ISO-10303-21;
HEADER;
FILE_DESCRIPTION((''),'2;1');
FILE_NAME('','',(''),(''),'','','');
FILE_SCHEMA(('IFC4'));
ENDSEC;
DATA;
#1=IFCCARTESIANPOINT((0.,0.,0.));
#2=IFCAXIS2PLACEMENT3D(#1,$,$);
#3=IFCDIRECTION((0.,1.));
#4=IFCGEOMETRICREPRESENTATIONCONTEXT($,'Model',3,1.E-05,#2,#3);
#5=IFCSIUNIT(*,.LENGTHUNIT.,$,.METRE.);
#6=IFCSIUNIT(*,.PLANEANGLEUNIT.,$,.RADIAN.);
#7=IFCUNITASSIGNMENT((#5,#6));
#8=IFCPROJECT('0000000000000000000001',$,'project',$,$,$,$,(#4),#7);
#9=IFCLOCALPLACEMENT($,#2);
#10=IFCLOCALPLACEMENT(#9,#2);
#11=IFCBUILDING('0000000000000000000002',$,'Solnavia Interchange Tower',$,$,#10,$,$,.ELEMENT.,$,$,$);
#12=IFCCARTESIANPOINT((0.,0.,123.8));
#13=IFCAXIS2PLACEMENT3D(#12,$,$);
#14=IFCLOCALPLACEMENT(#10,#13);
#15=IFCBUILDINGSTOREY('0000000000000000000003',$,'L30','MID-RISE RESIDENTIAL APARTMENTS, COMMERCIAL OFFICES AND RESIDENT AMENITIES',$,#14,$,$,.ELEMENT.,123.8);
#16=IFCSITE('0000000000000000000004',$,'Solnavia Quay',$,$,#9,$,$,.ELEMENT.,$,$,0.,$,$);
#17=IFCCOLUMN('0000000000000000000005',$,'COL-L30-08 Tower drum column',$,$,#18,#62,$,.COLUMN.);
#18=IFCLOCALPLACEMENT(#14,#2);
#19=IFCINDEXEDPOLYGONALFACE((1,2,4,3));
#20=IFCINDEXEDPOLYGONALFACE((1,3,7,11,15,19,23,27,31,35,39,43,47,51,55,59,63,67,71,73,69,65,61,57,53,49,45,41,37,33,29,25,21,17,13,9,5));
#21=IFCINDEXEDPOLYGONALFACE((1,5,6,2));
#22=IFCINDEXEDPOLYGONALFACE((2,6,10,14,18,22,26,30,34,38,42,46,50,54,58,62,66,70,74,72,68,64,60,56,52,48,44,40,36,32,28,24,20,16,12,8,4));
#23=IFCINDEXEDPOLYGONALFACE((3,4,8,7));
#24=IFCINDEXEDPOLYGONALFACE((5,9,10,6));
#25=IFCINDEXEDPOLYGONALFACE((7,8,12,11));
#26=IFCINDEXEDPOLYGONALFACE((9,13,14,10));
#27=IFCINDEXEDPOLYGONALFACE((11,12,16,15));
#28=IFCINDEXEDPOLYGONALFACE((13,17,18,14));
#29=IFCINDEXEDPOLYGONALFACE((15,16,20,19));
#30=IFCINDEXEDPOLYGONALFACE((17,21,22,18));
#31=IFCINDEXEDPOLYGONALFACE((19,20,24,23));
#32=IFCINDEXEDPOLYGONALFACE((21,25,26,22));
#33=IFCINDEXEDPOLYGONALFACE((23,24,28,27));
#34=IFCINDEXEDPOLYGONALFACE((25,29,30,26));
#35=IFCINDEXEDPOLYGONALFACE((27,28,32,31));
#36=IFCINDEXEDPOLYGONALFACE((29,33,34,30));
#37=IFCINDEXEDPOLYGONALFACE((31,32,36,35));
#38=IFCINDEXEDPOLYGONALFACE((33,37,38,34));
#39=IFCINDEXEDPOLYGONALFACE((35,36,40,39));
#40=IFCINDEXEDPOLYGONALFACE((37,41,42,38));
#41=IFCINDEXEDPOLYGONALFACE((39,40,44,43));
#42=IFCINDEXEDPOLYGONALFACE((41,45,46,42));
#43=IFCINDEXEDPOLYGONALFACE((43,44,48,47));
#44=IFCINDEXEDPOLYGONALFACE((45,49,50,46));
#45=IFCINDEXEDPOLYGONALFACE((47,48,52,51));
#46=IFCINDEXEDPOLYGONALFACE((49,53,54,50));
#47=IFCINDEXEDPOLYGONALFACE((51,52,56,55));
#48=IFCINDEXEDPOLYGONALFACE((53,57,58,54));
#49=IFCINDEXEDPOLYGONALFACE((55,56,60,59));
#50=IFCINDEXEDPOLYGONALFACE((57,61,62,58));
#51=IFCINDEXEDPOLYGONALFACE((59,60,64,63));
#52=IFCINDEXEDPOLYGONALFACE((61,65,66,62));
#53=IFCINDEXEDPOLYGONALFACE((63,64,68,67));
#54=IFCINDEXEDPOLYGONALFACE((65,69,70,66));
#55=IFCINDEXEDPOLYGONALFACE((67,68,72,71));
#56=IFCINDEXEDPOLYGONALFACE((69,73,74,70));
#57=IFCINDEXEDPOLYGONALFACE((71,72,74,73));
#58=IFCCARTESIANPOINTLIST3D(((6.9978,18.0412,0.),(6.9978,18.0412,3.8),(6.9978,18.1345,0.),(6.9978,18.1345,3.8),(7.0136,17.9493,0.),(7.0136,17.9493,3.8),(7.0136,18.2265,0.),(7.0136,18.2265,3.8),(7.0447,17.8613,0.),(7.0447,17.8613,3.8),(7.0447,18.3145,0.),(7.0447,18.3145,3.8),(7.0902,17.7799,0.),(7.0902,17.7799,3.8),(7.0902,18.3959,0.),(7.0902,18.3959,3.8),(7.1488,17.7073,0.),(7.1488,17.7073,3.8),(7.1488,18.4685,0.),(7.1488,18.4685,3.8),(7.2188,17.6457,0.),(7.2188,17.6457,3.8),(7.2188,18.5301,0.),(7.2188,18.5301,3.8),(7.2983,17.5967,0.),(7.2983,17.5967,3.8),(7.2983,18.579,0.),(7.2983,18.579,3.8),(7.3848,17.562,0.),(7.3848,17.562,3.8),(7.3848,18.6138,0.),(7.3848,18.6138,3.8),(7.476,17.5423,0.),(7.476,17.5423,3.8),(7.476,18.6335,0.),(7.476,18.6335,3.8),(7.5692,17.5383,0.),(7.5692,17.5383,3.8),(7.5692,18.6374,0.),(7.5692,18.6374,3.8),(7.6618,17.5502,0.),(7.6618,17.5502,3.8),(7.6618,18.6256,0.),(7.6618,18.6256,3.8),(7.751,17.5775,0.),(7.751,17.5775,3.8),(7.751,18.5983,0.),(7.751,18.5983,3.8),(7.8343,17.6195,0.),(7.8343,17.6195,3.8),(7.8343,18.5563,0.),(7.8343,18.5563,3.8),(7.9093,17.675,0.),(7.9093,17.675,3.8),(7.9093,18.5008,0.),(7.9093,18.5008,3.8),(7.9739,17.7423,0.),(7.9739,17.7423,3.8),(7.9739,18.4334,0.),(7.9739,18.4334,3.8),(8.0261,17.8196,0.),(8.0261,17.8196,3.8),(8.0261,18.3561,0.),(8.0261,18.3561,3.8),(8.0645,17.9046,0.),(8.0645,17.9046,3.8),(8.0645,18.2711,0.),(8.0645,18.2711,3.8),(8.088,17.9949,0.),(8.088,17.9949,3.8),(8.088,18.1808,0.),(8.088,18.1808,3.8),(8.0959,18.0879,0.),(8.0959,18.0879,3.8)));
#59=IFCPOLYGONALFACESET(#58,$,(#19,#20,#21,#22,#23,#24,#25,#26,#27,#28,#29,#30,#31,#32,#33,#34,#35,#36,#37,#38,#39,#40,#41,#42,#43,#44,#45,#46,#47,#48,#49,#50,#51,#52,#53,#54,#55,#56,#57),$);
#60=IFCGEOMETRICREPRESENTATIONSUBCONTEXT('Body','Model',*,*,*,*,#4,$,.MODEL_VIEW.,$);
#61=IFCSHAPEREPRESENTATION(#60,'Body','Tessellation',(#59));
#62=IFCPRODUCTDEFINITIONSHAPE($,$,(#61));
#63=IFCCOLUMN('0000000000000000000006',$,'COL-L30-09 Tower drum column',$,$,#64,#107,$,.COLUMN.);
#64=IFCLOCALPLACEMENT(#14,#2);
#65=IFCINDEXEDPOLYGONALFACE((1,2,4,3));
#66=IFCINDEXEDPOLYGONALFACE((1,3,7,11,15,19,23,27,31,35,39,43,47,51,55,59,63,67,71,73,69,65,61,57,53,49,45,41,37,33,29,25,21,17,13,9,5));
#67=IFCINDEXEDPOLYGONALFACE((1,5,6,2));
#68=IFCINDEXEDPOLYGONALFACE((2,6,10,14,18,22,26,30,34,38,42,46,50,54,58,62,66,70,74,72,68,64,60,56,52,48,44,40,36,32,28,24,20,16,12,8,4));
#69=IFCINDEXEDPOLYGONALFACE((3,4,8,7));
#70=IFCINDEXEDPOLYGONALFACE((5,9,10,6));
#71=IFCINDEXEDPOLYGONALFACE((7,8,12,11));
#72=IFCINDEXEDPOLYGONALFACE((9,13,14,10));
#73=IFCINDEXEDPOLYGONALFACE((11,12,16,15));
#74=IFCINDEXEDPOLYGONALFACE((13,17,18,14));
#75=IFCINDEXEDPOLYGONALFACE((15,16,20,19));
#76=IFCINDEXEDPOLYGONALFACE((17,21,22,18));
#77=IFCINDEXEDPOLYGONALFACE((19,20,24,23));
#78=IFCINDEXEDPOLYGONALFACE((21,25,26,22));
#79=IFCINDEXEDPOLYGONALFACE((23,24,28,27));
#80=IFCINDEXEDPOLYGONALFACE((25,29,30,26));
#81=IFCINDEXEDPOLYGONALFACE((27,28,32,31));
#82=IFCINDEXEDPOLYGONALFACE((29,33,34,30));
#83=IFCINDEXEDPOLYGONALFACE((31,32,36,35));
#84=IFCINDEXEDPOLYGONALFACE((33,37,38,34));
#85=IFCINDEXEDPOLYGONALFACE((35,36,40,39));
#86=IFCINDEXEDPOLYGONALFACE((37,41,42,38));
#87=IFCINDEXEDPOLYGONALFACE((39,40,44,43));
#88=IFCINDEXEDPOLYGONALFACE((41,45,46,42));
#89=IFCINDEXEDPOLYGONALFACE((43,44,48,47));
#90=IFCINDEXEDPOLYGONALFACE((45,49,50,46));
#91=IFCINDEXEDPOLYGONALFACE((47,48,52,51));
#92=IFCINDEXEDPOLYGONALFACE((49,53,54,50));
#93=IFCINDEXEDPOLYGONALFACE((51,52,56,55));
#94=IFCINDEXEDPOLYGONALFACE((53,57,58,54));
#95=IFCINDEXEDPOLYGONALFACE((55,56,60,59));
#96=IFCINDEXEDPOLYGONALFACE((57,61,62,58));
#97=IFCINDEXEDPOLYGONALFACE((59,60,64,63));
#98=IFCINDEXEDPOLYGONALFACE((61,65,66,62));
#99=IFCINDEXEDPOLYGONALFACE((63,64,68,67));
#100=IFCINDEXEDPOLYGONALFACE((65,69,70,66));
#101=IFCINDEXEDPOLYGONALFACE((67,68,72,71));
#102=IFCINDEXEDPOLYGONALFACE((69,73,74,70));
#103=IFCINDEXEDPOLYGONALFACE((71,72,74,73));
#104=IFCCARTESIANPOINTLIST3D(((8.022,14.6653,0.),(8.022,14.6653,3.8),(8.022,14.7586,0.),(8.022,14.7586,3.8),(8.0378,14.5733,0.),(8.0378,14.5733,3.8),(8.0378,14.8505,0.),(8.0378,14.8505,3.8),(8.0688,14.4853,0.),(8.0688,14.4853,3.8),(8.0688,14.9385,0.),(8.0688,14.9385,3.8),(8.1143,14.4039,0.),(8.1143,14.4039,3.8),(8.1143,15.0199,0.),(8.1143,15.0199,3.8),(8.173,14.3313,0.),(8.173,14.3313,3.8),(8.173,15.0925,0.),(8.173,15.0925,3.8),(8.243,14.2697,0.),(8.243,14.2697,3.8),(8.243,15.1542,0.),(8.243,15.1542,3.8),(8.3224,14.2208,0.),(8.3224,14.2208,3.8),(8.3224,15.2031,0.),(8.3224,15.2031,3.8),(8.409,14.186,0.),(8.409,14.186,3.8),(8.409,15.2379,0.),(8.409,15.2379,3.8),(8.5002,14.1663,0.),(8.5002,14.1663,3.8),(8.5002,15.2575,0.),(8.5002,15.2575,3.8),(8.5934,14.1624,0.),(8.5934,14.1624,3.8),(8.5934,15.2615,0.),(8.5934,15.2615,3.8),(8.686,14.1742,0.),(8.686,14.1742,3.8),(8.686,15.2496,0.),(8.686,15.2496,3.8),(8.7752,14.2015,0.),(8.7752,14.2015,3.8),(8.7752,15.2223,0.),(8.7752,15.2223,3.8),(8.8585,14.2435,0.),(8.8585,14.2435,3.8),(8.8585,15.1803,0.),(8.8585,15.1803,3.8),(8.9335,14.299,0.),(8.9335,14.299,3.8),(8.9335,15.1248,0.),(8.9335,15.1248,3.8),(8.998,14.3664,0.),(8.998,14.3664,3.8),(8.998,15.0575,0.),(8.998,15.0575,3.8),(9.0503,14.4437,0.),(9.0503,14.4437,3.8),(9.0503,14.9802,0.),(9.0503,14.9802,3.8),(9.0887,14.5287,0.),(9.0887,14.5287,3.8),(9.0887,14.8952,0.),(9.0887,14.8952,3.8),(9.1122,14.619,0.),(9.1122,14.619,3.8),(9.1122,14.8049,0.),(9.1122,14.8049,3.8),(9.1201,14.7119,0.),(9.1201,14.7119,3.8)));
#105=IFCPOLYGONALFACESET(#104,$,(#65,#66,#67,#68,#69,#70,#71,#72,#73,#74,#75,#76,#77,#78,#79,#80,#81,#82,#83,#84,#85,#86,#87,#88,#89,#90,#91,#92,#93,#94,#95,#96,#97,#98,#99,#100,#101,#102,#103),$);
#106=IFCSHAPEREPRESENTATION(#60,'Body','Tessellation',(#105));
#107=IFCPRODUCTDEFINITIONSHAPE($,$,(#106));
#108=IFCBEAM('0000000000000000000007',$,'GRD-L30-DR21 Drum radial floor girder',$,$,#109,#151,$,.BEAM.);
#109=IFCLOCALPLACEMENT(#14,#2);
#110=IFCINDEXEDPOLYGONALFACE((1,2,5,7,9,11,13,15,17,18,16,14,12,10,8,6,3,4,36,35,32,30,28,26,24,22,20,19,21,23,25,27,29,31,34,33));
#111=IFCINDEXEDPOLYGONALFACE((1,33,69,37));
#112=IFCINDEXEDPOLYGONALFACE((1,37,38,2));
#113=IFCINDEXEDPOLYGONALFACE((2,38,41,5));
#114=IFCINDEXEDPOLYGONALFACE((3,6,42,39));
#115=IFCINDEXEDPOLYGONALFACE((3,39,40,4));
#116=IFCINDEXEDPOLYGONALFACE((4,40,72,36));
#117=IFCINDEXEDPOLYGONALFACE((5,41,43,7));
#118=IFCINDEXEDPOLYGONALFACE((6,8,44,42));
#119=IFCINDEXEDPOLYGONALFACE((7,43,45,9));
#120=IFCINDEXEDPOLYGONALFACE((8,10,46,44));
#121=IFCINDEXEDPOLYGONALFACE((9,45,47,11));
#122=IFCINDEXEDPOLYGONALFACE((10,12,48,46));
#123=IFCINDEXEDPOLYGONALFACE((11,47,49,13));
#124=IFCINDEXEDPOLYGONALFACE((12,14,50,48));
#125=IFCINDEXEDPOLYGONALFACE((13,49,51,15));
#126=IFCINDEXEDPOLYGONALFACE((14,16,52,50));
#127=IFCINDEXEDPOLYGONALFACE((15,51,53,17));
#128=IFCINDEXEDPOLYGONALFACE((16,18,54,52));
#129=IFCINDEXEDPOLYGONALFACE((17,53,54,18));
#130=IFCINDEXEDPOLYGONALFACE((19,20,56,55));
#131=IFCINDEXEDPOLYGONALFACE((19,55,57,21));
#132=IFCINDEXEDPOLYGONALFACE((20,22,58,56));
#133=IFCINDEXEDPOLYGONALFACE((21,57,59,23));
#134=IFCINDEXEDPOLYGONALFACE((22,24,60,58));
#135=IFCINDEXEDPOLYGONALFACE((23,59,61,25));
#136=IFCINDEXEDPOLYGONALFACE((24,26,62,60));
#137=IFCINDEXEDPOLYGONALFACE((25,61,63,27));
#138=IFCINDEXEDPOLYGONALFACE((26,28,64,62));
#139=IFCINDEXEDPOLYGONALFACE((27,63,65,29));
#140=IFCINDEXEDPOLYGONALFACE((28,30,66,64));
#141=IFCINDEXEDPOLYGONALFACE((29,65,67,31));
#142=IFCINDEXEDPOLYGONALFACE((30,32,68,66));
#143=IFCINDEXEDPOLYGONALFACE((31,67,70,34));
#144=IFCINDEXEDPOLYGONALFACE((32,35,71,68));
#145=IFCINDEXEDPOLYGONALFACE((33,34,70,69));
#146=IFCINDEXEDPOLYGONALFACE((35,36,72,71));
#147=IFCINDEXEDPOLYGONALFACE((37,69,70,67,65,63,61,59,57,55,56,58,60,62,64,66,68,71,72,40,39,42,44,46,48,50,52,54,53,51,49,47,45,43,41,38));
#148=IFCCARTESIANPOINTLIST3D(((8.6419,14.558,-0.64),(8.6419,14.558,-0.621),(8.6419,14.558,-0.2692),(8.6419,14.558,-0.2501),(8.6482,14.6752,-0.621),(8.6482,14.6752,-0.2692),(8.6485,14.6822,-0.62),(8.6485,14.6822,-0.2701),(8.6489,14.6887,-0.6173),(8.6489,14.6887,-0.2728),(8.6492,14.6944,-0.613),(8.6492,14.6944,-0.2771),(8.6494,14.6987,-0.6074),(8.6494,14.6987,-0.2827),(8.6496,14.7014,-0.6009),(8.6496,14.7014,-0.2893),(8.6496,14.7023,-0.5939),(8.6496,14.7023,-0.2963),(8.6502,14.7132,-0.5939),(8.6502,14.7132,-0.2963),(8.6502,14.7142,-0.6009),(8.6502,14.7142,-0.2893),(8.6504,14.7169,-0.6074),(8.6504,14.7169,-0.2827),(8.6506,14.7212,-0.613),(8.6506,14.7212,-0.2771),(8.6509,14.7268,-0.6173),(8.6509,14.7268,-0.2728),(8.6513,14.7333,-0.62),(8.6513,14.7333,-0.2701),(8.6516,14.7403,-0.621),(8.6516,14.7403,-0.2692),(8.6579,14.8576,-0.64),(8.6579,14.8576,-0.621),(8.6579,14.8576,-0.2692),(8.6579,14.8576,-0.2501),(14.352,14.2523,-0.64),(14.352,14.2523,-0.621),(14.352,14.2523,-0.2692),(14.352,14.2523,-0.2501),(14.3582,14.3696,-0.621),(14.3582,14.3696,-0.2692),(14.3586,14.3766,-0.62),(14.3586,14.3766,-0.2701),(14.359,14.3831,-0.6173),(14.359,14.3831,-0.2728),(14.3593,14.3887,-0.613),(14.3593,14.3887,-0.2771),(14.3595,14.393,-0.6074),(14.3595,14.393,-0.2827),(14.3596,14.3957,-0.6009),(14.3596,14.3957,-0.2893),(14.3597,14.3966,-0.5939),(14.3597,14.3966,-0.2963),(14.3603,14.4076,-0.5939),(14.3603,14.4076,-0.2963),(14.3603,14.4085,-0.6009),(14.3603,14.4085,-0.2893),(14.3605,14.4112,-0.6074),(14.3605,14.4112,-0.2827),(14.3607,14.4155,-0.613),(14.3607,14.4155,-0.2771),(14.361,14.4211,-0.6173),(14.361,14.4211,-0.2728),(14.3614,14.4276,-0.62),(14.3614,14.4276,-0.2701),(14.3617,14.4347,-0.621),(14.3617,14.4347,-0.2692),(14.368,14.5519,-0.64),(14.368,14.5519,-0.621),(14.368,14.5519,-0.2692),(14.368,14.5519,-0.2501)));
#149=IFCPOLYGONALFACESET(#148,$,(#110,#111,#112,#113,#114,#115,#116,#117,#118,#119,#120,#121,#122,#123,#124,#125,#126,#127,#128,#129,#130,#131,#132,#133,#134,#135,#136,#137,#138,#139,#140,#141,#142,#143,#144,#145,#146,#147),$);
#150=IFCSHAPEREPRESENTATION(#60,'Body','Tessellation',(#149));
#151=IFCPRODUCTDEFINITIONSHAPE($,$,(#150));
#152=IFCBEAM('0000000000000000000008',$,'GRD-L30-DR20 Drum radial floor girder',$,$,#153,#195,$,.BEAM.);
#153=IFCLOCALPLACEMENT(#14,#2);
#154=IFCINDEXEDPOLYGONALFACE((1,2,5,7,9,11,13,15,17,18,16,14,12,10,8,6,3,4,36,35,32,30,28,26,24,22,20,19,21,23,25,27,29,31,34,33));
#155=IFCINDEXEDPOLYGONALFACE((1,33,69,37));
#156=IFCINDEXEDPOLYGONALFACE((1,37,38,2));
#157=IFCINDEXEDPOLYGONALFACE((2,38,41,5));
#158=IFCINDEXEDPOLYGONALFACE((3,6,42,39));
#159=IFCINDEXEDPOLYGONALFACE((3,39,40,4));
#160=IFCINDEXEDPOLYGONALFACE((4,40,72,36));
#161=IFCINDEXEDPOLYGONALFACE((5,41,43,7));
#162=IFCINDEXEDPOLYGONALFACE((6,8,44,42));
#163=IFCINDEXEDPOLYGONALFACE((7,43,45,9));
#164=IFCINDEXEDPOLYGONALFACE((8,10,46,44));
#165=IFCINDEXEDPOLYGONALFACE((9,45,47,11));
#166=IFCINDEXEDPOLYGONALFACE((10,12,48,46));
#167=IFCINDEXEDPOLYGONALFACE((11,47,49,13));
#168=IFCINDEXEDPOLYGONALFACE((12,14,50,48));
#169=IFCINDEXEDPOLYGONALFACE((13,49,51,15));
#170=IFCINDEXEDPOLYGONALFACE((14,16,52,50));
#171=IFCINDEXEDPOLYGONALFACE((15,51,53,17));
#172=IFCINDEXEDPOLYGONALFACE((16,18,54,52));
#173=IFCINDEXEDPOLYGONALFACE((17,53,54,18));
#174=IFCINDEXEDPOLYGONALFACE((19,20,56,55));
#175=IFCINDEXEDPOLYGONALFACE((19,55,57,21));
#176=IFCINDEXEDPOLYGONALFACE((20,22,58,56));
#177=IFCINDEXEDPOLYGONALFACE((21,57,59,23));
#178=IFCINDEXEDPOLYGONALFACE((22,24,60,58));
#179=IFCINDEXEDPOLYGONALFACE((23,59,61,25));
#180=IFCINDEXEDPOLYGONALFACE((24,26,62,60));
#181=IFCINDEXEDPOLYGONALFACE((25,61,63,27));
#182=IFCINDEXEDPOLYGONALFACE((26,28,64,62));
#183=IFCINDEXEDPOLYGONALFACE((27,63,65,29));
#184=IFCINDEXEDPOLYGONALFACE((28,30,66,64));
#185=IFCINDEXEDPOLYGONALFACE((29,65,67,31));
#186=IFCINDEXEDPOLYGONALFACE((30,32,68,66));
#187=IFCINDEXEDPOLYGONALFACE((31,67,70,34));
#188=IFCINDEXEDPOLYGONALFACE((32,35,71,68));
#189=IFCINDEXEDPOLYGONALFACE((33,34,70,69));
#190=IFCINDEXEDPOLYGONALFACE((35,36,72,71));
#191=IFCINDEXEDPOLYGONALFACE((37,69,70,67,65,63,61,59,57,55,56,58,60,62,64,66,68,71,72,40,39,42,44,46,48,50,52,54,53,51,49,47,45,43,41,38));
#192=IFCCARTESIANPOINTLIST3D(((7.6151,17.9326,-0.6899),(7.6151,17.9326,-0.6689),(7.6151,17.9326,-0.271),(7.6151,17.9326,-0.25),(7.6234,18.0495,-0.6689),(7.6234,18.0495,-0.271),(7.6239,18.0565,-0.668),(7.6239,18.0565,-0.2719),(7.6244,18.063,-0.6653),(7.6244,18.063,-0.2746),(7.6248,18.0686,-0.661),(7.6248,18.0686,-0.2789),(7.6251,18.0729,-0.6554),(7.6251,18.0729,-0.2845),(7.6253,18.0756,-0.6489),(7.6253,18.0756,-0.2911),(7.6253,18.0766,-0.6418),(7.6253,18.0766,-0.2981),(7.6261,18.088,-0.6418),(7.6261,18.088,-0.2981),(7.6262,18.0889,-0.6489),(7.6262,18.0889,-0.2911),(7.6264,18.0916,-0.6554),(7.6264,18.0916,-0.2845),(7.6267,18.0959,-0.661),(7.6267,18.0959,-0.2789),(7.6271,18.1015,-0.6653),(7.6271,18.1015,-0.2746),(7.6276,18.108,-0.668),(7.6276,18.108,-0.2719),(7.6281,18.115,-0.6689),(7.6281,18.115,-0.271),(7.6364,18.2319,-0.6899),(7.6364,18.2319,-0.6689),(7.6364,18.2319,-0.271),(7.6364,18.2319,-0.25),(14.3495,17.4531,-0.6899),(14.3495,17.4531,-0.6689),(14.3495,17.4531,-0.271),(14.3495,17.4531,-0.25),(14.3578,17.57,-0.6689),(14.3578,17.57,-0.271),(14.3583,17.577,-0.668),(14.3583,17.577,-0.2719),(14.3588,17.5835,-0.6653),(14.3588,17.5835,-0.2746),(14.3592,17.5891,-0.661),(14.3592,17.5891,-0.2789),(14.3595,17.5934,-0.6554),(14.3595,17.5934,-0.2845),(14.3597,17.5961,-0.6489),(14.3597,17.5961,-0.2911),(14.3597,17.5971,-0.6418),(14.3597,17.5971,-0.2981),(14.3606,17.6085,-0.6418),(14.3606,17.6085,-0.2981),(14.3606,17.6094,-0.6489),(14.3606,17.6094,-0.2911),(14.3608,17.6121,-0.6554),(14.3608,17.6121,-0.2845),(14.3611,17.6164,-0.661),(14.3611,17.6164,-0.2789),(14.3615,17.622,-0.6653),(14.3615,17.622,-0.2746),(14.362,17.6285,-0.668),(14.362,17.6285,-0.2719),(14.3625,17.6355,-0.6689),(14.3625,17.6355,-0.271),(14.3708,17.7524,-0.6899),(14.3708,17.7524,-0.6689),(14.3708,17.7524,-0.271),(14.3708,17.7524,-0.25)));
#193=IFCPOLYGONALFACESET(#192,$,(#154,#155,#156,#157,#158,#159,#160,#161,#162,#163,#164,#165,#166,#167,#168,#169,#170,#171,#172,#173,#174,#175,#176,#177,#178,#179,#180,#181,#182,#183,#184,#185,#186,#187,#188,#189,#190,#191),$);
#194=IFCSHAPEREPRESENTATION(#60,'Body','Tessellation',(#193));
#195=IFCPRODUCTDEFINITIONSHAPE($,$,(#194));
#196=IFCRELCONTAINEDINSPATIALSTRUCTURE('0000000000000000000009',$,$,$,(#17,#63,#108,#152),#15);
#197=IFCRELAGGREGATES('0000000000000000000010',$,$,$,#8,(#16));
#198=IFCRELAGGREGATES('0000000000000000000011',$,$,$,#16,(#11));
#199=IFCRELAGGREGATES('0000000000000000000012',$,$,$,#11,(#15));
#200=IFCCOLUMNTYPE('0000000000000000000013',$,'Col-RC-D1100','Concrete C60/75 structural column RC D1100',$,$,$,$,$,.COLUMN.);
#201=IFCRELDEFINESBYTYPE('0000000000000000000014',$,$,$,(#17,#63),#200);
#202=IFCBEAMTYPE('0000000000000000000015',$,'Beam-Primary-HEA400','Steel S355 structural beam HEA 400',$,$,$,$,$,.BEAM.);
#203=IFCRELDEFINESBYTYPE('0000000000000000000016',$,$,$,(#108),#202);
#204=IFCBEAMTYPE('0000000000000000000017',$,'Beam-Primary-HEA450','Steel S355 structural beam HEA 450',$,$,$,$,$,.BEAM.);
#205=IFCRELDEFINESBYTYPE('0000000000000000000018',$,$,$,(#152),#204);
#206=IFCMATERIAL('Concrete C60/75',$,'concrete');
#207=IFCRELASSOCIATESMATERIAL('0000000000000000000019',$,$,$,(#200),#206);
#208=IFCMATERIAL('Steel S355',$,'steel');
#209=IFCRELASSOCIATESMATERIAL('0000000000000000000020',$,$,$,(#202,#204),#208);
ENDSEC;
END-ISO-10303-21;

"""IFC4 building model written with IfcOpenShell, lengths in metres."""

from ifc_helpers import new_model, si_unit, direction, frame, origin, origin_2d, place, context, subcontext, project, spatial, circle, i_section, extrude, material, material_profile, profile_set, type_object, element, save


model = new_model("IFC4")

# Units and contexts
model_context = context("Model", 3, precision=1e-05, world=origin(), true_north=direction((0.0, 1.0)))
body_context = subcontext(model_context, "Body", "Model", "MODEL_VIEW")
ifc_project = project(units=[si_unit("LENGTHUNIT", "METRE"), si_unit("PLANEANGLEUNIT", "RADIAN")], contexts=[model_context])

# Site, building, storey
site_placement = place(None, origin())
site = spatial("IfcSite", under=ifc_project, at=site_placement, Name="Solnavia Quay", CompositionType="ELEMENT", RefElevation=0.0)
building_placement = place(site_placement, origin())
building = spatial("IfcBuilding", under=site, at=building_placement, Name="Solnavia Interchange Tower", CompositionType="ELEMENT")
storey_placement = place(building_placement, frame((0.0, 0.0, 123.8)))
storey = spatial("IfcBuildingStorey", under=building, at=storey_placement, Name="L30", Description="MID-RISE RESIDENTIAL APARTMENTS, COMMERCIAL OFFICES AND RESIDENT AMENITIES", CompositionType="ELEMENT", Elevation=123.8)

# Columns
ifc_material_1 = material(Name="Concrete C60/75", Category="concrete")
ifc_material_profile_1 = material_profile(ifc_material_1, circle(Radius=0.55, at=origin_2d()), Name="RC D1100")
ifc_profile_set_1 = profile_set([ifc_material_profile_1], Name="Concrete C60/75")
column_type = type_object("IfcColumnType", Name="Col-RC-D1100", Description="Concrete C60/75 structural column RC D1100", PredefinedType="COLUMN", material=ifc_profile_set_1)
for number, where, z_axis, x_axis, name in (
    (1, (7.5459, 18.0879, 0.0), (0.0, 0.0, 1.0), (1.0, 0.0, 0.0), "COL-L30-08 Tower drum column"),
    (2, (8.5701, 14.7119, 0.0), (0.0, 0.0, 1.0), (1.0, 0.0, 0.0), "COL-L30-09 Tower drum column"),
):
    element("IfcColumn", number, at=place(storey_placement, frame(where, z_axis=z_axis, x_axis=x_axis)), inside=storey, type_object=column_type, Name=name, PredefinedType="COLUMN", context=body_context, shape_type="SweptSolid", body=[
        extrude(circle(Radius=0.55, at=origin_2d()), origin(), (0.0, 0.0, 1.0), 3.8),
    ])

# Beams
ifc_material_2 = material(Name="Steel S355", Category="steel")
ifc_material_profile_2 = material_profile(ifc_material_2, i_section(OverallWidth=0.3, OverallDepth=0.3899, WebThickness=0.011, FlangeThickness=0.019, FilletRadius=0.0271, at=origin_2d()), Name="HEA 400")
ifc_profile_set_2 = profile_set([ifc_material_profile_2], Name="Steel S355")
beam_type_1 = type_object("IfcBeamType", Name="Beam-Primary-HEA400", Description="Steel S355 structural beam HEA 400", PredefinedType="BEAM", material=ifc_profile_set_2)
beam_1_placement = place(storey_placement, frame((8.6499, 14.7078, -0.4451), z_axis=(0.99857, -0.053453, 0.0), x_axis=(0.053453, 0.99857, 0.0)))
element("IfcBeam", 3, at=beam_1_placement, inside=storey, type_object=beam_type_1, Name="GRD-L30-DR21 Drum radial floor girder", PredefinedType="BEAM", context=body_context, shape_type="SweptSolid", body=[
    extrude(i_section(OverallWidth=0.3, OverallDepth=0.3899, WebThickness=0.011, FlangeThickness=0.019, FilletRadius=0.0271, at=origin_2d()), origin(), (0.0, 0.0, 1.0), 5.7183),
])
ifc_material_profile_3 = material_profile(ifc_material_2, i_section(OverallWidth=0.3, OverallDepth=0.4399, WebThickness=0.0115, FlangeThickness=0.021, FilletRadius=0.0271, at=origin_2d()), Name="HEA 450")
ifc_profile_set_3 = profile_set([ifc_material_profile_3], Name="Steel S355")
beam_type_2 = type_object("IfcBeamType", Name="Beam-Primary-HEA450", Description="Steel S355 structural beam HEA 450", PredefinedType="BEAM", material=ifc_profile_set_3)
beam_2_placement = place(storey_placement, frame((7.6257, 18.0823, -0.47), z_axis=(0.997475, -0.071021, 0.0), x_axis=(0.071021, 0.997475, 0.0)))
element("IfcBeam", 4, at=beam_2_placement, inside=storey, type_object=beam_type_2, Name="GRD-L30-DR20 Drum radial floor girder", PredefinedType="BEAM", context=body_context, shape_type="SweptSolid", body=[
    extrude(i_section(OverallWidth=0.3, OverallDepth=0.4399, WebThickness=0.0115, FlangeThickness=0.021, FilletRadius=0.0271, at=origin_2d()), origin(), (0.0, 0.0, 1.0), 6.7515),
])

save(model, "model.ifc")
